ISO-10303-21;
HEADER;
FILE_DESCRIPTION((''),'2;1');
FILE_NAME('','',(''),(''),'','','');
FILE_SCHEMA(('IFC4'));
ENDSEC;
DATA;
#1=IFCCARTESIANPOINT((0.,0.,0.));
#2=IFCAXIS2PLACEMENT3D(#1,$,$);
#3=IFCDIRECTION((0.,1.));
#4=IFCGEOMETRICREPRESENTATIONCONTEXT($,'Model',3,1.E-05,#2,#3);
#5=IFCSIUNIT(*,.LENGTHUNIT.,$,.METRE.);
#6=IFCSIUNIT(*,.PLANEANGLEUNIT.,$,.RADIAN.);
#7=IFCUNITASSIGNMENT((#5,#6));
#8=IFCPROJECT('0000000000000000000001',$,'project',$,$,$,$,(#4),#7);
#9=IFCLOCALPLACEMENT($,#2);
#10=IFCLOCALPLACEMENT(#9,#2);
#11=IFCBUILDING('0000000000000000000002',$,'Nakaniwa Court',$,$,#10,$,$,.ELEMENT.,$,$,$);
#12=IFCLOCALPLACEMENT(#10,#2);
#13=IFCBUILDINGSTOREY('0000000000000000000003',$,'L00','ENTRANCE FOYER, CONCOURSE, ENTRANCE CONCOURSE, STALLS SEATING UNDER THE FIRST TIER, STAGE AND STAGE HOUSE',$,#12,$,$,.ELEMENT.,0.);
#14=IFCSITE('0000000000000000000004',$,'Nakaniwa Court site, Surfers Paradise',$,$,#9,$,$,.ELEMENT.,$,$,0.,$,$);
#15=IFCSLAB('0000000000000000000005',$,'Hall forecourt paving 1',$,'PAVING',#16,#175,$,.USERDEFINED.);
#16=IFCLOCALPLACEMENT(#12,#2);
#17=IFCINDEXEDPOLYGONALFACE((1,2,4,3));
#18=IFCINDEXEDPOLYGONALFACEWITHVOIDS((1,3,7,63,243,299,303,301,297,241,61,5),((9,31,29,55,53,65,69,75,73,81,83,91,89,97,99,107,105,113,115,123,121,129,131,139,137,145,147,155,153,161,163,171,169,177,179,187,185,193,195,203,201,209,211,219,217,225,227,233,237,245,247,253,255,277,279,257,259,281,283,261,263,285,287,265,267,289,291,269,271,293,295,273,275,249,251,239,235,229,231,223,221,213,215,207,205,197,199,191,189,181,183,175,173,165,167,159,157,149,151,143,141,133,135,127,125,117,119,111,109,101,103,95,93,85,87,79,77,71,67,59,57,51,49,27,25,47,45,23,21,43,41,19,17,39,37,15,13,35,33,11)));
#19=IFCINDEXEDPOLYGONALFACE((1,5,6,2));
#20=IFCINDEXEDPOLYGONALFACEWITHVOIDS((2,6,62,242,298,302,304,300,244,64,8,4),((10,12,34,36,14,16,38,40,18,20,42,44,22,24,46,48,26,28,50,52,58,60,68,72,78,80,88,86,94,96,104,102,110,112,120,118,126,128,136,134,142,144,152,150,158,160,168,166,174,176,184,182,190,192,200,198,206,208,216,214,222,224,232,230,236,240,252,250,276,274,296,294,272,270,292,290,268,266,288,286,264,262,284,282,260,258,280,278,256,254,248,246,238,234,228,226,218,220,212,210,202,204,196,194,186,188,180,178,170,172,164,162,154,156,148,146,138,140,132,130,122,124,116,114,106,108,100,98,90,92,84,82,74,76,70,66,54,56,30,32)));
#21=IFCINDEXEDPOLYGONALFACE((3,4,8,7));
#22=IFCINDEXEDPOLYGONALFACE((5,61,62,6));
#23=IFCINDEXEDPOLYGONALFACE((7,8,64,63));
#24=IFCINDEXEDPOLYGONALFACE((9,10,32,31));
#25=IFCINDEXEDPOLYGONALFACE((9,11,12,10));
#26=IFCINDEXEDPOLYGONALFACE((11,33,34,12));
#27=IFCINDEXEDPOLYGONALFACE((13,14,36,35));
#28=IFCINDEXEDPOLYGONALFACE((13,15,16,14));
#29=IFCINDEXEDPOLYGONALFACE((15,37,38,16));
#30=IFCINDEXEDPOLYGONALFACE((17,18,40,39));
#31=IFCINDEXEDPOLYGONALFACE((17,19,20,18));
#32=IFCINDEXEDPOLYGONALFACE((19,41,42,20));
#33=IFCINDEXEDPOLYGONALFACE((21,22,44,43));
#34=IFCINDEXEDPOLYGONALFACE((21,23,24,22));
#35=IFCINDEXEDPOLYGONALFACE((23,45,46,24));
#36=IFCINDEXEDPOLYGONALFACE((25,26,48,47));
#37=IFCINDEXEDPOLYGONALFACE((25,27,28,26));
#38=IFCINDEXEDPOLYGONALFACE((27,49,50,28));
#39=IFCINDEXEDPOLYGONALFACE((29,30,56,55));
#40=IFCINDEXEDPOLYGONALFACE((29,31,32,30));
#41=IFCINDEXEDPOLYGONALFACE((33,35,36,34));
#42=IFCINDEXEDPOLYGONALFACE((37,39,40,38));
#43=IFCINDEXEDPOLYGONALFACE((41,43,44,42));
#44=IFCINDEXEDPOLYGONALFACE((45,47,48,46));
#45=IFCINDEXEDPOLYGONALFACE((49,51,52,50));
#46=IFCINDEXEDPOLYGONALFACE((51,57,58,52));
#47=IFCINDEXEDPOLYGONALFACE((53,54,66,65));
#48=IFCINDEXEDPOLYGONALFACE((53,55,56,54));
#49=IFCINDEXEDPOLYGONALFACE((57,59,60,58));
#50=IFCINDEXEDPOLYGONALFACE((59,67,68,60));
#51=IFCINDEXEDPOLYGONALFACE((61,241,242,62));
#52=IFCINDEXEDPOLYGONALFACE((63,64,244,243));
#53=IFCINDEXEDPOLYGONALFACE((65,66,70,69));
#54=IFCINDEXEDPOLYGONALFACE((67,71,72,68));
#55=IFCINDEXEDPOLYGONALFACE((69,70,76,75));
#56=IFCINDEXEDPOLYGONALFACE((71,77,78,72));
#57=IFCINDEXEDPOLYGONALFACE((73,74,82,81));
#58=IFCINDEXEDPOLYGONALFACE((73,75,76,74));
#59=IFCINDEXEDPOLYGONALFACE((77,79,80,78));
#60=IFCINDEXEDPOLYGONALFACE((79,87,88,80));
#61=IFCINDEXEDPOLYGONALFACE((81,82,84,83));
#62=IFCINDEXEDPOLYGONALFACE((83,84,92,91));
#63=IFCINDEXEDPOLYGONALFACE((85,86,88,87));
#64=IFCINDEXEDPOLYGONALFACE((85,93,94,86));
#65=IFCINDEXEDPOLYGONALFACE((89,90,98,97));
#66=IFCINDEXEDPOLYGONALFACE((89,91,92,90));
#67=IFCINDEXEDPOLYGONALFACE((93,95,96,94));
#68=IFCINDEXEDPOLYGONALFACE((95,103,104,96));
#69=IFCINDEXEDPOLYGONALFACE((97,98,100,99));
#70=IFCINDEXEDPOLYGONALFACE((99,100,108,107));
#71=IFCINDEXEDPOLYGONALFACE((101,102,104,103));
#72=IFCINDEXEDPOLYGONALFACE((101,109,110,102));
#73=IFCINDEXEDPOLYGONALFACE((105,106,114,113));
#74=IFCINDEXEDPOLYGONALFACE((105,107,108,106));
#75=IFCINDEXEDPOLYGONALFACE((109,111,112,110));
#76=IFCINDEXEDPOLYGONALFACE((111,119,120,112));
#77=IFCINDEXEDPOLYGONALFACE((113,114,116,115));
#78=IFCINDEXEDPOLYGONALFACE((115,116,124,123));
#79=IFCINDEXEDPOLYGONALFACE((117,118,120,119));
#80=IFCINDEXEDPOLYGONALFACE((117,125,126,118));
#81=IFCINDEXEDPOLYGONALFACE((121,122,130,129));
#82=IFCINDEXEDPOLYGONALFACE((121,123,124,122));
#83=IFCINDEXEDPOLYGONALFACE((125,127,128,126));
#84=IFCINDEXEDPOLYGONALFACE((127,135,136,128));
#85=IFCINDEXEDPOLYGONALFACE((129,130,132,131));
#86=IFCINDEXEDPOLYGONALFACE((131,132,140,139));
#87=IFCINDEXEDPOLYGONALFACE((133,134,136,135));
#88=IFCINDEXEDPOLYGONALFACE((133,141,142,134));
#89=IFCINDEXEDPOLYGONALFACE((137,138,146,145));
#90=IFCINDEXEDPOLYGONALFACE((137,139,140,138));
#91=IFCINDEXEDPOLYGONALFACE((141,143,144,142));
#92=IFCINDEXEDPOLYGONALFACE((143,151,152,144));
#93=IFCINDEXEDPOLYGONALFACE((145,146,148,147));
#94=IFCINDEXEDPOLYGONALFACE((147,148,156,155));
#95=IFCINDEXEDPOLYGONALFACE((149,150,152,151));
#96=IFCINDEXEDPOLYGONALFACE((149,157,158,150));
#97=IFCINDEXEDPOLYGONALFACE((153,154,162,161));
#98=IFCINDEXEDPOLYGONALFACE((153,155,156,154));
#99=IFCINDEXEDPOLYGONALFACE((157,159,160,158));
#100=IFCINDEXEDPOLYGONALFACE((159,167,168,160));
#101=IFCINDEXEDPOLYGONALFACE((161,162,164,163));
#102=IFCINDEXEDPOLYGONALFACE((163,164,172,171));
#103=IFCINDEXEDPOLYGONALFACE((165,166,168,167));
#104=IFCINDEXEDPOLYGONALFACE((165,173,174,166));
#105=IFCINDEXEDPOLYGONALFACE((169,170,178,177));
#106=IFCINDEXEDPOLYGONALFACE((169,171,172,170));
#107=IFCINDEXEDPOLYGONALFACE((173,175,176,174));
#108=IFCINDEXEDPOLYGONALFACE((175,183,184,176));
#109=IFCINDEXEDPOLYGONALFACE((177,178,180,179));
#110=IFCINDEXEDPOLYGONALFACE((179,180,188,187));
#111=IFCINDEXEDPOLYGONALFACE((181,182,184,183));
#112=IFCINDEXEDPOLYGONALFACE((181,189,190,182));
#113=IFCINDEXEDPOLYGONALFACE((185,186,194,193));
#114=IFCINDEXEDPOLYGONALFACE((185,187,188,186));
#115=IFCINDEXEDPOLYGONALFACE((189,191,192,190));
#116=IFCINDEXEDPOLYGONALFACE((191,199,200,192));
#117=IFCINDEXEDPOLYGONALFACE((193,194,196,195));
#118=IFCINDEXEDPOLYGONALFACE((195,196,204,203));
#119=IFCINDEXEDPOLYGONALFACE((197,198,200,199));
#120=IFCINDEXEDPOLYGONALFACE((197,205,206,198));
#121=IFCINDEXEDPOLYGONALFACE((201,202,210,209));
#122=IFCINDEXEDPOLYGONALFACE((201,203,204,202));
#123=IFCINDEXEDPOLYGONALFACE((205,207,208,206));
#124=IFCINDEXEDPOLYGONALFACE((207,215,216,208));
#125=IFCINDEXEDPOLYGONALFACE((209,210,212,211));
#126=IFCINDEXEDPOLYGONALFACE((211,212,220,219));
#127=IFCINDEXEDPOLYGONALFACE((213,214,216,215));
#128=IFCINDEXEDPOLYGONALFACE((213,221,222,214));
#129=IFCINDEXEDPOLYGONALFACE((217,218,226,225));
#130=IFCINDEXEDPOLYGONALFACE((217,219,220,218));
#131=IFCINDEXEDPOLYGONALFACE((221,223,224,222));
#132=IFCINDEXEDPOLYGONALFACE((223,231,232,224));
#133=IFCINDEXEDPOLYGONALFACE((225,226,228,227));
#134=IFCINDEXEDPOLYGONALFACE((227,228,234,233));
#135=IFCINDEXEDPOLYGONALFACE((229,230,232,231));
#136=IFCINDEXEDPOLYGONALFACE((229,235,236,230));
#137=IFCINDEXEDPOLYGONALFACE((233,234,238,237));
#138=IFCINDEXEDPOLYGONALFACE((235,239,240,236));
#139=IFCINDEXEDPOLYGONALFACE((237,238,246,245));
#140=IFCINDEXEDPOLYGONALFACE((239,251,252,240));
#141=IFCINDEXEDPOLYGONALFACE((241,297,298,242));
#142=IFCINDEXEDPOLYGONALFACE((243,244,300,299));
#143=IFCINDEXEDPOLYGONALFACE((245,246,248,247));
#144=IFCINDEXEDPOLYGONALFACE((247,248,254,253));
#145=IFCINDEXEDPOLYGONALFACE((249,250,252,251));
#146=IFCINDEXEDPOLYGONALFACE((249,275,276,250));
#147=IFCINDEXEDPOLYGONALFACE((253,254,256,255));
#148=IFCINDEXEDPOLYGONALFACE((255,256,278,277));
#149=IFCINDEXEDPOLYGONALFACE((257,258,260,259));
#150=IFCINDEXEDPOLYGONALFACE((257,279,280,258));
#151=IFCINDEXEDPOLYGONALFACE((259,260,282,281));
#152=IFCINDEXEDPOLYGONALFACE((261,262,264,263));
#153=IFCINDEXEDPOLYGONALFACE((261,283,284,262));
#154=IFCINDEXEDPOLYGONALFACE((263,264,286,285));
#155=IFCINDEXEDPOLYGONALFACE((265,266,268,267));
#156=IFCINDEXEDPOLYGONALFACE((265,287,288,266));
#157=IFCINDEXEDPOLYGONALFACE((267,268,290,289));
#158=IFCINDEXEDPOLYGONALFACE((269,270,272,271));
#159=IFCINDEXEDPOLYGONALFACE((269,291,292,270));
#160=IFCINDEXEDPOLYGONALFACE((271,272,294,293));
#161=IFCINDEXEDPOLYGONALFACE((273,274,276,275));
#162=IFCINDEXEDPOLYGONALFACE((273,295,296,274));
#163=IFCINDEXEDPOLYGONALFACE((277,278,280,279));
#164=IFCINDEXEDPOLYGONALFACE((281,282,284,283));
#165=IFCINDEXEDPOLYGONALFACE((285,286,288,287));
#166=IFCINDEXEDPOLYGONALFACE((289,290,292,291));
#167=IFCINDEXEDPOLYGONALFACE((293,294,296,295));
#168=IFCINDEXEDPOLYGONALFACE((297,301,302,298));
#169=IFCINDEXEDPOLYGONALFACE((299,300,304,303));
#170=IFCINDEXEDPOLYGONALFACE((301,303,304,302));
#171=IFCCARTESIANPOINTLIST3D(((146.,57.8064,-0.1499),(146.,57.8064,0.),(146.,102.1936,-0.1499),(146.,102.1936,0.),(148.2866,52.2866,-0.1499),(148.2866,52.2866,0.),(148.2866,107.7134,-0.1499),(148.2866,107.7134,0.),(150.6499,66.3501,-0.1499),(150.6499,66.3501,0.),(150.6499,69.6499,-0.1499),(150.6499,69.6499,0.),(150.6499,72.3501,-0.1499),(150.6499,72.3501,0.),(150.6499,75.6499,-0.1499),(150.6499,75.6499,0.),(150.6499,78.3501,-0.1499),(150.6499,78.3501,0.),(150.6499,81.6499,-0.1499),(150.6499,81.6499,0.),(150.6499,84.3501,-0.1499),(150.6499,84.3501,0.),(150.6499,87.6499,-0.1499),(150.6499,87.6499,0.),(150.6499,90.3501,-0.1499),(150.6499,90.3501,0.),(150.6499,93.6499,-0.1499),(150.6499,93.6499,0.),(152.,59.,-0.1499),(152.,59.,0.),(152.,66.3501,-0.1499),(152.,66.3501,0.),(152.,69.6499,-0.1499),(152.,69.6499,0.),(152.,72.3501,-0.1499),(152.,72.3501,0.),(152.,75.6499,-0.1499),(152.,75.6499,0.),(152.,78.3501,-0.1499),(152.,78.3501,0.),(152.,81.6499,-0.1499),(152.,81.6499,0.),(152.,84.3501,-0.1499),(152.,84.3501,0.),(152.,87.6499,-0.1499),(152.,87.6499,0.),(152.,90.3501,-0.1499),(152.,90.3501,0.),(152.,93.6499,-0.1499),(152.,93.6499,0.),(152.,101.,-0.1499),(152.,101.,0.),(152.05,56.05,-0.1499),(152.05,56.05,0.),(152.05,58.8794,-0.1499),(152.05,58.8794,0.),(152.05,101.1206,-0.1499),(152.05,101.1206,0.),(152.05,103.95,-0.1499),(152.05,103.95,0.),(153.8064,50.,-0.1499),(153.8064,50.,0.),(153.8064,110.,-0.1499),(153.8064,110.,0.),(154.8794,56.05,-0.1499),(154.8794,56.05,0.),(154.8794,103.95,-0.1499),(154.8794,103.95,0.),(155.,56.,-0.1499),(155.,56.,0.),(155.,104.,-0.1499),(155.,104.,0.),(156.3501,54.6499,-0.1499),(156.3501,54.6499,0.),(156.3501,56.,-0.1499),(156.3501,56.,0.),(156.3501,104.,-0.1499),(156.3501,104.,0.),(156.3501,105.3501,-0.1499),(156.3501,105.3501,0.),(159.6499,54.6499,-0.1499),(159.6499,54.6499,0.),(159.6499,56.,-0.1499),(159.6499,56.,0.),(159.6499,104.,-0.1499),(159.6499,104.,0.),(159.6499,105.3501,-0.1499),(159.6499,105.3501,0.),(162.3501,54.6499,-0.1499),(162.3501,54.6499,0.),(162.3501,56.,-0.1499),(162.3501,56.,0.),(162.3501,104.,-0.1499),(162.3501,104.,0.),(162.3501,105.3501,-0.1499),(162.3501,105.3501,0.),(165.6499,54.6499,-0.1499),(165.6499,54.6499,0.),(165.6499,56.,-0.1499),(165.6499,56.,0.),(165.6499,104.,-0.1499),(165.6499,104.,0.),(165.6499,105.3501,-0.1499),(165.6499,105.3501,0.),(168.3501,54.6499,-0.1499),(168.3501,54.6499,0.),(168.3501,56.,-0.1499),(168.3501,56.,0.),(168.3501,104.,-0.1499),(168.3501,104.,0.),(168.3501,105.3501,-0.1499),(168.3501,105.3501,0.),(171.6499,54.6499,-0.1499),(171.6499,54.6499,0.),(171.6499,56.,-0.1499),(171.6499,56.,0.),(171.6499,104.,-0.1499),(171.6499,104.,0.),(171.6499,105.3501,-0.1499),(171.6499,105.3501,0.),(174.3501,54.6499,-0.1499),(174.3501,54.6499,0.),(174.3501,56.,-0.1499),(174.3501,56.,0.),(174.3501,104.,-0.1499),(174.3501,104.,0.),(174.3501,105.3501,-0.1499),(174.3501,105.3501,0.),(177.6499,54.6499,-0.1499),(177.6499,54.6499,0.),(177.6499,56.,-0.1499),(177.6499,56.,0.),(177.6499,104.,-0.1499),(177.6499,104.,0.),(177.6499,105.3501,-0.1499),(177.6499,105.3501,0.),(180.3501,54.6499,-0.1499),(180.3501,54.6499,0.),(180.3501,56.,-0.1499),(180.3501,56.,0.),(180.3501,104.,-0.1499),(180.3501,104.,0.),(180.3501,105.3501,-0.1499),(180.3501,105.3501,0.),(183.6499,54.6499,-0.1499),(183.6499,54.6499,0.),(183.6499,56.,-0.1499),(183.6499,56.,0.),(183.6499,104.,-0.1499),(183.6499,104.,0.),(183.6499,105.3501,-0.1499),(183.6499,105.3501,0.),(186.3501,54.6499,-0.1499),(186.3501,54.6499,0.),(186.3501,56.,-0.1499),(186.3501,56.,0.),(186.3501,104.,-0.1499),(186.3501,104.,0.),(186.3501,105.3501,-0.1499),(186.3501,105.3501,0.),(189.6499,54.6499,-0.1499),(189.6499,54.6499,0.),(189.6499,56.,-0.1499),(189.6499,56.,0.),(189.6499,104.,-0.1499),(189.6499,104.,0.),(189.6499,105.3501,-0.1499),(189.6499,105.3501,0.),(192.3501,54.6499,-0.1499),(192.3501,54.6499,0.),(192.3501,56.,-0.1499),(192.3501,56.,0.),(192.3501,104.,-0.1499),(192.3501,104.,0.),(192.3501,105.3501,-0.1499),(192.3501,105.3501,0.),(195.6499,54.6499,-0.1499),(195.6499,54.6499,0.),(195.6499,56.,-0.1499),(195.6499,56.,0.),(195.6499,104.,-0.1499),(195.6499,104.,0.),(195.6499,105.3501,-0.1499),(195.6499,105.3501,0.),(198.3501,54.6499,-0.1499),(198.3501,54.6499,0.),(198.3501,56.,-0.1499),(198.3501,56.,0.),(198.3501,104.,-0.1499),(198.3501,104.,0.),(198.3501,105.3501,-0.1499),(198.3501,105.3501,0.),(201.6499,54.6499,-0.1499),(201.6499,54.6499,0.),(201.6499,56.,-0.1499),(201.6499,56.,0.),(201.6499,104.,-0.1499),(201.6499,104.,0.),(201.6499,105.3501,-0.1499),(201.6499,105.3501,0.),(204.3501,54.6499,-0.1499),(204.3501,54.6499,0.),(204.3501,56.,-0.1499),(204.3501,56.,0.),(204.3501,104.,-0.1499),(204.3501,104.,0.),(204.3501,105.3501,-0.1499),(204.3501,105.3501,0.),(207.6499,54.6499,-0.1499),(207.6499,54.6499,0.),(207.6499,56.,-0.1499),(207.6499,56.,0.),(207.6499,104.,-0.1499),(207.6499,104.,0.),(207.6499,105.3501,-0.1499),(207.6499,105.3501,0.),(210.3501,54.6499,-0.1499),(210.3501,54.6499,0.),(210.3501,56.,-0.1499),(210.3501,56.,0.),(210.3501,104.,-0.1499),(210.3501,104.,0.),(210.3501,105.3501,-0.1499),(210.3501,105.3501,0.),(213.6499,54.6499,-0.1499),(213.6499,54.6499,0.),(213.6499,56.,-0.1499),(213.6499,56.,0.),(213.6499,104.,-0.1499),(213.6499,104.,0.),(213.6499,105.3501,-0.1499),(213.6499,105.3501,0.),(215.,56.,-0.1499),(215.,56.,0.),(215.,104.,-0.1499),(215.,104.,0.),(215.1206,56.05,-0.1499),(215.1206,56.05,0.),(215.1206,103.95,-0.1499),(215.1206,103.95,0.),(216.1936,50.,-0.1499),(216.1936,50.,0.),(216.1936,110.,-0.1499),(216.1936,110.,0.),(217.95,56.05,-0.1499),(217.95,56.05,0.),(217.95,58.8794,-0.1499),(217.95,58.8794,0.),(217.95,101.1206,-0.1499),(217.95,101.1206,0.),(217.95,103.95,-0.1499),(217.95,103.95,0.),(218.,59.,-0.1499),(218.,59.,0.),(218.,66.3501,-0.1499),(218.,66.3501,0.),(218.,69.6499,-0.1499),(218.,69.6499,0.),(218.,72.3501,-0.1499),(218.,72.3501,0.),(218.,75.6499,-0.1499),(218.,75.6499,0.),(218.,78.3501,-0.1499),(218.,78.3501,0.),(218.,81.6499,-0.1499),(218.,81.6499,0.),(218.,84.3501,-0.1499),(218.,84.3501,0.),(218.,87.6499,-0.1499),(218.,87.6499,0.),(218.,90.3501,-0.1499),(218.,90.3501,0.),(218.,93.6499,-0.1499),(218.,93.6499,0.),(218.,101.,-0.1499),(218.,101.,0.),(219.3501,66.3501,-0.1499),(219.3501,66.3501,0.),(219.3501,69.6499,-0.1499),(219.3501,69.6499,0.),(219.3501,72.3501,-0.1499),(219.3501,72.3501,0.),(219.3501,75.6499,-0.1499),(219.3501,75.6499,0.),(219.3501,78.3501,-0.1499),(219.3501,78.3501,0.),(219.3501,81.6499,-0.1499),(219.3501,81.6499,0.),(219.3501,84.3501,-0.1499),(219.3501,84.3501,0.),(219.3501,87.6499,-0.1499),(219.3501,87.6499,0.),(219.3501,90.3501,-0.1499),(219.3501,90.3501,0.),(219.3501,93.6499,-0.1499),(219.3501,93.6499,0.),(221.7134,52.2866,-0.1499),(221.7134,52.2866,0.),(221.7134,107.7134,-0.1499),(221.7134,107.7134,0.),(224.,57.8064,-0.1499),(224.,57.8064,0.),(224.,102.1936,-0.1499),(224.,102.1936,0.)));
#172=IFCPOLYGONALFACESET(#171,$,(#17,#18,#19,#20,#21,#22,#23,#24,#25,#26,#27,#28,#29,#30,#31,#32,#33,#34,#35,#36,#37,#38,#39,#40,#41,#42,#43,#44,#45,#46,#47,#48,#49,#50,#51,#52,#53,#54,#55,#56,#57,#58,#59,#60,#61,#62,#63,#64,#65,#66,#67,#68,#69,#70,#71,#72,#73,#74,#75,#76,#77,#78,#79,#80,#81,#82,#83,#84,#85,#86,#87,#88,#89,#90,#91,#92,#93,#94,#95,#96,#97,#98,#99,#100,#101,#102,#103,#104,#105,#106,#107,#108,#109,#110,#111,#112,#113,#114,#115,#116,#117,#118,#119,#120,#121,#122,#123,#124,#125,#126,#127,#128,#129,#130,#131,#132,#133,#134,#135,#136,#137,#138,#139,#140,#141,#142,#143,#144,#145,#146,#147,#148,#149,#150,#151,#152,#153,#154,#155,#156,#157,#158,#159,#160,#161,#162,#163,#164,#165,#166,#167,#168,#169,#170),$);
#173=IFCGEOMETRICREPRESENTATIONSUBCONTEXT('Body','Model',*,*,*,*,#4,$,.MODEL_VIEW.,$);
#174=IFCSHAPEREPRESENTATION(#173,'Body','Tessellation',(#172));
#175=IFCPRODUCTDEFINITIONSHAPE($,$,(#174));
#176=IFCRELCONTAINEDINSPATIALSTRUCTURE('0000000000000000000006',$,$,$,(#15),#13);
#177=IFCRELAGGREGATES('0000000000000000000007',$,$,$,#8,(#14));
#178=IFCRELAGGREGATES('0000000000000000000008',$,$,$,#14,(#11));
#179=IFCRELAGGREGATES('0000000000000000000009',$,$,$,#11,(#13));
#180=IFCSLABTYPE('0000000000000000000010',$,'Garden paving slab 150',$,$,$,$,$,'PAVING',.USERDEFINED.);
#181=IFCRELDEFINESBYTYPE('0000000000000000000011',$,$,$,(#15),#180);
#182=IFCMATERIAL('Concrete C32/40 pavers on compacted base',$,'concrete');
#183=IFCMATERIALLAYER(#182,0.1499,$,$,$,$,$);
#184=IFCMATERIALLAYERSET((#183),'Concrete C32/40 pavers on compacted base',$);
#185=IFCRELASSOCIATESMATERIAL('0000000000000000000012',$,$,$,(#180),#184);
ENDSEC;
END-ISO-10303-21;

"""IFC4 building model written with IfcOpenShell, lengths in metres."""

from ifc_helpers import new_model, si_unit, direction, frame, origin, place, context, subcontext, project, spatial, polyline, outline, extrude, material, layer, layer_set, type_object, element, save


model = new_model("IFC4")

# Units and contexts
model_context = context("Model", 3, precision=1e-05, world=origin(), true_north=direction((0.0, 1.0)))
body_context = subcontext(model_context, "Body", "Model", "MODEL_VIEW")
ifc_project = project(units=[si_unit("LENGTHUNIT", "METRE"), si_unit("PLANEANGLEUNIT", "RADIAN")], contexts=[model_context])

# Site, building, storey
site_placement = place(None, origin())
site = spatial("IfcSite", under=ifc_project, at=site_placement, Name="Nakaniwa Court site, Surfers Paradise", CompositionType="ELEMENT", RefElevation=0.0)
building_placement = place(site_placement, origin())
building = spatial("IfcBuilding", under=site, at=building_placement, Name="Nakaniwa Court", CompositionType="ELEMENT")
storey_placement = place(building_placement, origin())
storey = spatial("IfcBuildingStorey", under=building, at=storey_placement, Name="L00", Description="ENTRANCE FOYER, CONCOURSE, ENTRANCE CONCOURSE, STALLS SEATING UNDER THE FIRST TIER, STAGE AND STAGE HOUSE", CompositionType="ELEMENT", Elevation=0.0)

# Slab
ifc_material_1 = material(Name="Concrete C32/40 pavers on compacted base", Category="concrete")
ifc_layer_1 = layer(ifc_material_1, 0.1499)
ifc_layer_set_1 = layer_set([ifc_layer_1], Name="Concrete C32/40 pavers on compacted base")
slab_type_1 = type_object("IfcSlabType", Name="Garden paving slab 150", ElementType="PAVING", PredefinedType="USERDEFINED", material=ifc_layer_set_1)
slab_1_placement = place(storey_placement, frame((0.0, 0.0, -0.1499)))
element("IfcSlab", 1, at=slab_1_placement, inside=storey, type_object=slab_type_1, Name="Hall forecourt paving 1", ObjectType="PAVING", PredefinedType="USERDEFINED", context=body_context, shape_type="SweptSolid", body=[
    extrude(outline(polyline([(221.7134, 52.2866), (224.0, 57.8064), (224.0, 102.1936), (221.7134, 107.7134), (216.1936, 110.0), (153.8064, 110.0), (148.2866, 107.7134), (146.0, 102.1936), (146.0, 57.8064), (148.2866, 52.2866), (153.8064, 50.0), (216.1936, 50.0), (221.7134, 52.2866)]), holes=[polyline([(218.0, 101.0), (218.0, 93.6499), (219.3501, 93.6499), (219.3501, 90.3501), (218.0, 90.3501), (218.0, 87.6499), (219.3501, 87.6499), (219.3501, 84.3501), (218.0, 84.3501), (218.0, 81.6499), (219.3501, 81.6499), (219.3501, 78.3501), (218.0, 78.3501), (218.0, 75.6499), (219.3501, 75.6499), (219.3501, 72.3501), (218.0, 72.3501), (218.0, 69.6499), (219.3501, 69.6499), (219.3501, 66.3501), (218.0, 66.3501), (218.0, 59.0), (217.95, 58.8794), (217.95, 56.05), (215.1206, 56.05), (215.0, 56.0), (213.6499, 56.0), (213.6499, 54.6499), (210.3501, 54.6499), (210.3501, 56.0), (207.6499, 56.0), (207.6499, 54.6499), (204.3501, 54.6499), (204.3501, 56.0), (201.6499, 56.0), (201.6499, 54.6499), (198.3501, 54.6499), (198.3501, 56.0), (195.6499, 56.0), (195.6499, 54.6499), (192.3501, 54.6499), (192.3501, 56.0), (189.6499, 56.0), (189.6499, 54.6499), (186.3501, 54.6499), (186.3501, 56.0), (183.6499, 56.0), (183.6499, 54.6499), (180.3501, 54.6499), (180.3501, 56.0), (177.6499, 56.0), (177.6499, 54.6499), (174.3501, 54.6499), (174.3501, 56.0), (171.6499, 56.0), (171.6499, 54.6499), (168.3501, 54.6499), (168.3501, 56.0), (165.6499, 56.0), (165.6499, 54.6499), (162.3501, 54.6499), (162.3501, 56.0), (159.6499, 56.0), (159.6499, 54.6499), (156.3501, 54.6499), (156.3501, 56.0), (155.0, 56.0), (154.8794, 56.05), (152.05, 56.05), (152.05, 58.8794), (152.0, 59.0), (152.0, 66.3501), (150.6499, 66.3501), (150.6499, 69.6499), (152.0, 69.6499), (152.0, 72.3501), (150.6499, 72.3501), (150.6499, 75.6499), (152.0, 75.6499), (152.0, 78.3501), (150.6499, 78.3501), (150.6499, 81.6499), (152.0, 81.6499), (152.0, 84.3501), (150.6499, 84.3501), (150.6499, 87.6499), (152.0, 87.6499), (152.0, 90.3501), (150.6499, 90.3501), (150.6499, 93.6499), (152.0, 93.6499), (152.0, 101.0), (152.05, 101.1206), (152.05, 103.95), (154.8794, 103.95), (155.0, 104.0), (156.3501, 104.0), (156.3501, 105.3501), (159.6499, 105.3501), (159.6499, 104.0), (162.3501, 104.0), (162.3501, 105.3501), (165.6499, 105.3501), (165.6499, 104.0), (168.3501, 104.0), (168.3501, 105.3501), (171.6499, 105.3501), (171.6499, 104.0), (174.3501, 104.0), (174.3501, 105.3501), (177.6499, 105.3501), (177.6499, 104.0), (180.3501, 104.0), (180.3501, 105.3501), (183.6499, 105.3501), (183.6499, 104.0), (186.3501, 104.0), (186.3501, 105.3501), (189.6499, 105.3501), (189.6499, 104.0), (192.3501, 104.0), (192.3501, 105.3501), (195.6499, 105.3501), (195.6499, 104.0), (198.3501, 104.0), (198.3501, 105.3501), (201.6499, 105.3501), (201.6499, 104.0), (204.3501, 104.0), (204.3501, 105.3501), (207.6499, 105.3501), (207.6499, 104.0), (210.3501, 104.0), (210.3501, 105.3501), (213.6499, 105.3501), (213.6499, 104.0), (215.0, 104.0), (215.1206, 103.95), (217.95, 103.95), (217.95, 101.1206), (218.0, 101.0)])]), origin(), (0.0, 0.0, 1.0), 0.1499),
])

save(model, "model.ifc")
